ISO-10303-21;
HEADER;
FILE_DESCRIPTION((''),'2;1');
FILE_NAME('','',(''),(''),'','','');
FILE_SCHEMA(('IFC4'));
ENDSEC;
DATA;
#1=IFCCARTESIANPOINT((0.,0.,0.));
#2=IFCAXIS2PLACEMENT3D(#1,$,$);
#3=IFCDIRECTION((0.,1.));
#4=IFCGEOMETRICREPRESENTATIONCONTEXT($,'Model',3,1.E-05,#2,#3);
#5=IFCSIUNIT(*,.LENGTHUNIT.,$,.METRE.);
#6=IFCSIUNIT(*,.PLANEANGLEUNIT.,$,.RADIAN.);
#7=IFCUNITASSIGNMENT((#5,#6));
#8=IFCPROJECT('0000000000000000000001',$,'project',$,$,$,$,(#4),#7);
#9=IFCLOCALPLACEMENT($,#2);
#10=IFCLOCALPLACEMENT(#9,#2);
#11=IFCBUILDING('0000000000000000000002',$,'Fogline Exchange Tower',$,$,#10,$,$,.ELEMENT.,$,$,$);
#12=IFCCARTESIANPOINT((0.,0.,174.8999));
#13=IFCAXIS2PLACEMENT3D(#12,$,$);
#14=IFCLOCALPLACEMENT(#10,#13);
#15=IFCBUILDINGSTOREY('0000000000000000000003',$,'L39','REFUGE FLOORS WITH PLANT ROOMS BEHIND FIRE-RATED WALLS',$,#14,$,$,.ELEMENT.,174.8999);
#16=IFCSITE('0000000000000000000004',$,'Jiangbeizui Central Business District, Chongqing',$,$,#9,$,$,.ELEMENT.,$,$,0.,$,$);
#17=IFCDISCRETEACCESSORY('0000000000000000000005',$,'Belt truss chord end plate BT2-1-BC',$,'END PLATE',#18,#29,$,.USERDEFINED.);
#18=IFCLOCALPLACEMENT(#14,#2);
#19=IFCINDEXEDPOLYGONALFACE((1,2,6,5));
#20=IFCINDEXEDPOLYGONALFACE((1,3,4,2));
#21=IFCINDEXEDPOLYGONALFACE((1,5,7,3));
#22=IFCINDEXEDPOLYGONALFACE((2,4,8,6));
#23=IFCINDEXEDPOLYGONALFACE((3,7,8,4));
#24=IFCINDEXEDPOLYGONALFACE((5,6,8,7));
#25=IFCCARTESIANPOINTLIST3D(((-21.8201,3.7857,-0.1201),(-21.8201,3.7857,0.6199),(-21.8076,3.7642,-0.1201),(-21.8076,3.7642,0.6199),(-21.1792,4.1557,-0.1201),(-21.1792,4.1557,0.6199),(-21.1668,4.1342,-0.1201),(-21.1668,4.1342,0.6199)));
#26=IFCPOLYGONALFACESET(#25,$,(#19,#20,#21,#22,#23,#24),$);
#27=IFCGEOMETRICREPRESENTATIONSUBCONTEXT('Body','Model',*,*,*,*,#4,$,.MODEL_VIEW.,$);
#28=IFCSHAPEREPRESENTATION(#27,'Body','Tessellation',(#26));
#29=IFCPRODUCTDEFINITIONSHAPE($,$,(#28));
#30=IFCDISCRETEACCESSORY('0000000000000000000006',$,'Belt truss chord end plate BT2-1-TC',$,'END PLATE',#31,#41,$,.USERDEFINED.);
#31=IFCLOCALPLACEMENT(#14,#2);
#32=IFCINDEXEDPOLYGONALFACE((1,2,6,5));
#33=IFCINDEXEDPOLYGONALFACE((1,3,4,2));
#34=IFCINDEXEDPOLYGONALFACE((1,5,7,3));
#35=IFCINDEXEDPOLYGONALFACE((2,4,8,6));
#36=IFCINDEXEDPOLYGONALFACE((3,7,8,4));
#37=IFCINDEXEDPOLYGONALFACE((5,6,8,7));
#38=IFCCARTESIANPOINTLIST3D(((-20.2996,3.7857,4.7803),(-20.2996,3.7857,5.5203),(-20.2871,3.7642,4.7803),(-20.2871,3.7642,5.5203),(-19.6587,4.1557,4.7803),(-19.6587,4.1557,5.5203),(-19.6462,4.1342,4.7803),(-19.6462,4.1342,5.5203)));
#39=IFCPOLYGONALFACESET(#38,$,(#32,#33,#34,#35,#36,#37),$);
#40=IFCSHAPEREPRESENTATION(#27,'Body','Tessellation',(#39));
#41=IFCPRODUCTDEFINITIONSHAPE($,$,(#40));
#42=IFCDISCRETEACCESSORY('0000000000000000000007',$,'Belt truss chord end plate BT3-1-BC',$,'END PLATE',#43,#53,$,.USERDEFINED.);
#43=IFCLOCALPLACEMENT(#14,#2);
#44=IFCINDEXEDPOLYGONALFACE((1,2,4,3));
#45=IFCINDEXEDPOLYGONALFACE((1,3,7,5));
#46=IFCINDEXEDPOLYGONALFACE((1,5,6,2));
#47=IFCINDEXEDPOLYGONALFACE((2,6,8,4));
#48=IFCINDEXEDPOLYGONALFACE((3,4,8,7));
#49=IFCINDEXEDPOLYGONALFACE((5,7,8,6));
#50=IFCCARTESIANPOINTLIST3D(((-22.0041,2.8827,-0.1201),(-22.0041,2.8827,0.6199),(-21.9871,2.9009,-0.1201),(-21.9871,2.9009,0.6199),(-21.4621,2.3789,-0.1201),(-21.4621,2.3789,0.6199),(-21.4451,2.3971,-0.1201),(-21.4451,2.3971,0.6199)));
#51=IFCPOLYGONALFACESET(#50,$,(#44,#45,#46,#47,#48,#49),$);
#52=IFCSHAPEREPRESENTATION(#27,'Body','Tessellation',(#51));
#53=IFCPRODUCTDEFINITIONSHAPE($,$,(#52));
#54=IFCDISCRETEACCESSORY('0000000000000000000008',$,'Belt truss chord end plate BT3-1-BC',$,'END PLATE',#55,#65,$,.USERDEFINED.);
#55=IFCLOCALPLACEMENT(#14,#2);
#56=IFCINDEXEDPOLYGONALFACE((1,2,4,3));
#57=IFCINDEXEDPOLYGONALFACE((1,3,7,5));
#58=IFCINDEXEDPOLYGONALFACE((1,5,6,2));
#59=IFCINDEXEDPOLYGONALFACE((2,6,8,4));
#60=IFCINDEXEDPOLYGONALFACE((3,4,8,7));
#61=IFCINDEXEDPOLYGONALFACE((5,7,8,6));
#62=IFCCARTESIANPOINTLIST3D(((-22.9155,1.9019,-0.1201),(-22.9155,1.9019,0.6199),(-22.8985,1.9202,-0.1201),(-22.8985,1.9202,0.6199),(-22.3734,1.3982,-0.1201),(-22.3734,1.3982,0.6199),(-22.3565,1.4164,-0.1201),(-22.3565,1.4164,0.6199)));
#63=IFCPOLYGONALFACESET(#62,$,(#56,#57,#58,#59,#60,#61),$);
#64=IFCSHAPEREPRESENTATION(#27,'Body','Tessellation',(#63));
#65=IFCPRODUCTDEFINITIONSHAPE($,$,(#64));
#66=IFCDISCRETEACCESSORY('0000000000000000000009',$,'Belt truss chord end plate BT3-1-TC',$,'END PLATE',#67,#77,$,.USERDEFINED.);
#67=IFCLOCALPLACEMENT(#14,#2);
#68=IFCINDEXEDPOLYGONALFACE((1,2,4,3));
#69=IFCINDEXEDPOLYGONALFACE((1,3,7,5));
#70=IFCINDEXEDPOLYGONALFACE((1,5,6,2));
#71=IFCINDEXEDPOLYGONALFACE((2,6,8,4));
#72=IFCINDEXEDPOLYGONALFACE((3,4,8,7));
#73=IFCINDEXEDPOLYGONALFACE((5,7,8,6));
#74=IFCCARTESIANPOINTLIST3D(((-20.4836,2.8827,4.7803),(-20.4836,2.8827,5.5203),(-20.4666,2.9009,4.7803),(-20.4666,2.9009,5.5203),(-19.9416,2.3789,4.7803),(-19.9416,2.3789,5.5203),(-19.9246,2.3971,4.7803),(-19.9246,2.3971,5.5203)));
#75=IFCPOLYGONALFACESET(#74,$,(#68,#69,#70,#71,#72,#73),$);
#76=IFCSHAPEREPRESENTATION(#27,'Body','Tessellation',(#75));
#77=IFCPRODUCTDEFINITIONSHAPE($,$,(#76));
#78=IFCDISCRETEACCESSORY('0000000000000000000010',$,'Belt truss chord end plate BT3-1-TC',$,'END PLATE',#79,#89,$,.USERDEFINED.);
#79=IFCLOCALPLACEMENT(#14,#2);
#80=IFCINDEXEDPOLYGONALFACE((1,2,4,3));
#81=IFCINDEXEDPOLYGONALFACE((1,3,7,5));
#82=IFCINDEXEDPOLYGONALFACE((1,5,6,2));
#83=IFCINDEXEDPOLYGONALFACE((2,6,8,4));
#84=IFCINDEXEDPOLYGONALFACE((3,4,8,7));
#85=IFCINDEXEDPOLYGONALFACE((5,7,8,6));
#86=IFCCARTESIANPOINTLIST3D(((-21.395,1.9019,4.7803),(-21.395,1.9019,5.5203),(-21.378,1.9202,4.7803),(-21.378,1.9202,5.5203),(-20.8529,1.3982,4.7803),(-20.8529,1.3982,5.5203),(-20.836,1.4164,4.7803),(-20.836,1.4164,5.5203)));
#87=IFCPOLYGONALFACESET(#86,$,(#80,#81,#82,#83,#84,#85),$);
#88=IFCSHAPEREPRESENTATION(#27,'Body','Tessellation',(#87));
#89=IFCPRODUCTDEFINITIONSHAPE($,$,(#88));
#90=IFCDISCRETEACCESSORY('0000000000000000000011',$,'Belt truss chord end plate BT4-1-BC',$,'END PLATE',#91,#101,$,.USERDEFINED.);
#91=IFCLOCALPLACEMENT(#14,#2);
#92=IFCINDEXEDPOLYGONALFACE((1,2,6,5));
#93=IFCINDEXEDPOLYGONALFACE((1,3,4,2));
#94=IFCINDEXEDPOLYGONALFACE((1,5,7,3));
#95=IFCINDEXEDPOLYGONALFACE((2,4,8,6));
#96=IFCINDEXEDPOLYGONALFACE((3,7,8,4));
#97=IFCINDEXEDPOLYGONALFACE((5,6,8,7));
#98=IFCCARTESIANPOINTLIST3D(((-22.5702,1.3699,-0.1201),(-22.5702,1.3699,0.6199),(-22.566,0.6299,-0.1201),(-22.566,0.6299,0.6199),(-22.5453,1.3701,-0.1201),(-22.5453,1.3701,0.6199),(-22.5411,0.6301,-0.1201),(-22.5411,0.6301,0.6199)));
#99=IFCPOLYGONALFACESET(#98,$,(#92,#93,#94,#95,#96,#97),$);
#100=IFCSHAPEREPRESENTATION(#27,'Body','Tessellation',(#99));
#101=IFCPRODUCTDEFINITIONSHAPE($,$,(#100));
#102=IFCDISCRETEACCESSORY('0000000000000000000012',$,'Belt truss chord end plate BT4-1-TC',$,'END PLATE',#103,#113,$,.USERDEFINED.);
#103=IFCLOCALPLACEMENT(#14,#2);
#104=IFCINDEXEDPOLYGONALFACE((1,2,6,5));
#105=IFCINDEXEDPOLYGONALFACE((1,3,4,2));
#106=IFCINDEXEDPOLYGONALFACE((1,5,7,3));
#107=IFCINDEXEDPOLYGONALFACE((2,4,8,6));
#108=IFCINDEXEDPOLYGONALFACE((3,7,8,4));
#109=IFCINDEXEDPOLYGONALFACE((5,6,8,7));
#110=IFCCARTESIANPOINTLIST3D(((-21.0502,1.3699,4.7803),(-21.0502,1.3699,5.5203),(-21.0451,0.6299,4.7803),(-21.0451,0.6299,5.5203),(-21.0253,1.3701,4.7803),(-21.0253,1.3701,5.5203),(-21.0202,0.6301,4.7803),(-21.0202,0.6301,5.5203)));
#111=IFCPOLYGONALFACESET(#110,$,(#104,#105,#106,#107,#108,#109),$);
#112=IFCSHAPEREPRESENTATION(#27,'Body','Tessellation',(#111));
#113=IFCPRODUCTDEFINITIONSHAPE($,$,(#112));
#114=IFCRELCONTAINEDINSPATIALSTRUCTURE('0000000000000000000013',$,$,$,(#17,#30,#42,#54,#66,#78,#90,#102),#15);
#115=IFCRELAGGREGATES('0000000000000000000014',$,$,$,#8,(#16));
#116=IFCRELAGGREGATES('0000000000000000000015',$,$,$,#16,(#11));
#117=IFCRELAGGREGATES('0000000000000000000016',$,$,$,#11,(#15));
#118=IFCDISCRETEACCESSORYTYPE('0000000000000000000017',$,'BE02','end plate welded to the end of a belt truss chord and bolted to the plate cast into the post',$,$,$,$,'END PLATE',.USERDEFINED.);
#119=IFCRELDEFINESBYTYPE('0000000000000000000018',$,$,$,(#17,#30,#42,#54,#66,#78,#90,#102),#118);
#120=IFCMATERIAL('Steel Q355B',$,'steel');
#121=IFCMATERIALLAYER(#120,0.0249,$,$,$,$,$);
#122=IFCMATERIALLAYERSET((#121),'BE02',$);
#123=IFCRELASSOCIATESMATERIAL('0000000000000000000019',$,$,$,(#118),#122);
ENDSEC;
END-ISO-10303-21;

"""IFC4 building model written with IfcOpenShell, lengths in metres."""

from ifc_helpers import new_model, si_unit, direction, frame, origin, origin_2d, place, context, subcontext, project, spatial, rectangle, extrude, material, layer, layer_set, type_object, element, save


model = new_model("IFC4")

# Units and contexts
model_context = context("Model", 3, precision=1e-05, world=origin(), true_north=direction((0.0, 1.0)))
body_context = subcontext(model_context, "Body", "Model", "MODEL_VIEW")
ifc_project = project(units=[si_unit("LENGTHUNIT", "METRE"), si_unit("PLANEANGLEUNIT", "RADIAN")], contexts=[model_context])

# Site, building, storey
site_placement = place(None, origin())
site = spatial("IfcSite", under=ifc_project, at=site_placement, Name="Jiangbeizui Central Business District, Chongqing", CompositionType="ELEMENT", RefElevation=0.0)
building_placement = place(site_placement, origin())
building = spatial("IfcBuilding", under=site, at=building_placement, Name="Fogline Exchange Tower", CompositionType="ELEMENT")
storey_placement = place(building_placement, frame((0.0, 0.0, 174.8999)))
storey = spatial("IfcBuildingStorey", under=building, at=storey_placement, Name="L39", Description="REFUGE FLOORS WITH PLANT ROOMS BEHIND FIRE-RATED WALLS", CompositionType="ELEMENT", Elevation=174.8999)

# Shared definitions
ifc_material_1 = material(Name="Steel Q355B", Category="steel")

# Discrete accessories
ifc_layer_1 = layer(ifc_material_1, 0.0249)
ifc_layer_set_1 = layer_set([ifc_layer_1], Name="BE02")
discrete_accessory_type = type_object("IfcDiscreteAccessoryType", Name="BE02", Description="end plate welded to the end of a belt truss chord and bolted to the plate cast into the post", ElementType="END PLATE", PredefinedType="USERDEFINED", material=ifc_layer_set_1)
for number, where, z_axis, x_axis, name in (
    (1, (-21.4934, 3.96, -0.1201), (0.0, 0.0, 1.0), (0.5, -0.866025, 0.0), "Belt truss chord end plate BT2-1-BC"),
    (2, (-19.9729, 3.96, 4.7803), (0.0, 0.0, 1.0), (0.5, -0.866025, 0.0), "Belt truss chord end plate BT2-1-TC"),
    (3, (-21.7246, 2.6399, -0.1201), (0.0, 0.0, 1.0), (0.680781, 0.732487, 0.0), "Belt truss chord end plate BT3-1-BC"),
    (4, (-22.636, 1.6592, -0.1201), (0.0, 0.0, 1.0), (-0.680781, -0.732487, 0.0), "Belt truss chord end plate BT3-1-BC"),
    (5, (-20.2041, 2.6399, 4.7803), (0.0, 0.0, 1.0), (0.680781, 0.732487, 0.0), "Belt truss chord end plate BT3-1-TC"),
    (6, (-21.1155, 1.6592, 4.7803), (0.0, 0.0, 1.0), (-0.680781, -0.732487, 0.0), "Belt truss chord end plate BT3-1-TC"),
    (7, (-22.5557, 1.0, -0.1201), (0.0, 0.0, 1.0), (-0.999984, -0.005702, 0.0), "Belt truss chord end plate BT4-1-BC"),
    (8, (-21.0352, 1.0, 4.7803), (0.0, 0.0, 1.0), (-0.999976, -0.006899, 0.0), "Belt truss chord end plate BT4-1-TC"),
):
    element("IfcDiscreteAccessory", number, at=place(storey_placement, frame(where, z_axis=z_axis, x_axis=x_axis)), inside=storey, type_object=discrete_accessory_type, Name=name, ObjectType="END PLATE", PredefinedType="USERDEFINED", context=body_context, shape_type="SweptSolid", body=[
        extrude(rectangle(XDim=0.0249, YDim=0.74, at=origin_2d()), origin(), (0.0, 0.0, 1.0), 0.74),
    ])

save(model, "model.ifc")
